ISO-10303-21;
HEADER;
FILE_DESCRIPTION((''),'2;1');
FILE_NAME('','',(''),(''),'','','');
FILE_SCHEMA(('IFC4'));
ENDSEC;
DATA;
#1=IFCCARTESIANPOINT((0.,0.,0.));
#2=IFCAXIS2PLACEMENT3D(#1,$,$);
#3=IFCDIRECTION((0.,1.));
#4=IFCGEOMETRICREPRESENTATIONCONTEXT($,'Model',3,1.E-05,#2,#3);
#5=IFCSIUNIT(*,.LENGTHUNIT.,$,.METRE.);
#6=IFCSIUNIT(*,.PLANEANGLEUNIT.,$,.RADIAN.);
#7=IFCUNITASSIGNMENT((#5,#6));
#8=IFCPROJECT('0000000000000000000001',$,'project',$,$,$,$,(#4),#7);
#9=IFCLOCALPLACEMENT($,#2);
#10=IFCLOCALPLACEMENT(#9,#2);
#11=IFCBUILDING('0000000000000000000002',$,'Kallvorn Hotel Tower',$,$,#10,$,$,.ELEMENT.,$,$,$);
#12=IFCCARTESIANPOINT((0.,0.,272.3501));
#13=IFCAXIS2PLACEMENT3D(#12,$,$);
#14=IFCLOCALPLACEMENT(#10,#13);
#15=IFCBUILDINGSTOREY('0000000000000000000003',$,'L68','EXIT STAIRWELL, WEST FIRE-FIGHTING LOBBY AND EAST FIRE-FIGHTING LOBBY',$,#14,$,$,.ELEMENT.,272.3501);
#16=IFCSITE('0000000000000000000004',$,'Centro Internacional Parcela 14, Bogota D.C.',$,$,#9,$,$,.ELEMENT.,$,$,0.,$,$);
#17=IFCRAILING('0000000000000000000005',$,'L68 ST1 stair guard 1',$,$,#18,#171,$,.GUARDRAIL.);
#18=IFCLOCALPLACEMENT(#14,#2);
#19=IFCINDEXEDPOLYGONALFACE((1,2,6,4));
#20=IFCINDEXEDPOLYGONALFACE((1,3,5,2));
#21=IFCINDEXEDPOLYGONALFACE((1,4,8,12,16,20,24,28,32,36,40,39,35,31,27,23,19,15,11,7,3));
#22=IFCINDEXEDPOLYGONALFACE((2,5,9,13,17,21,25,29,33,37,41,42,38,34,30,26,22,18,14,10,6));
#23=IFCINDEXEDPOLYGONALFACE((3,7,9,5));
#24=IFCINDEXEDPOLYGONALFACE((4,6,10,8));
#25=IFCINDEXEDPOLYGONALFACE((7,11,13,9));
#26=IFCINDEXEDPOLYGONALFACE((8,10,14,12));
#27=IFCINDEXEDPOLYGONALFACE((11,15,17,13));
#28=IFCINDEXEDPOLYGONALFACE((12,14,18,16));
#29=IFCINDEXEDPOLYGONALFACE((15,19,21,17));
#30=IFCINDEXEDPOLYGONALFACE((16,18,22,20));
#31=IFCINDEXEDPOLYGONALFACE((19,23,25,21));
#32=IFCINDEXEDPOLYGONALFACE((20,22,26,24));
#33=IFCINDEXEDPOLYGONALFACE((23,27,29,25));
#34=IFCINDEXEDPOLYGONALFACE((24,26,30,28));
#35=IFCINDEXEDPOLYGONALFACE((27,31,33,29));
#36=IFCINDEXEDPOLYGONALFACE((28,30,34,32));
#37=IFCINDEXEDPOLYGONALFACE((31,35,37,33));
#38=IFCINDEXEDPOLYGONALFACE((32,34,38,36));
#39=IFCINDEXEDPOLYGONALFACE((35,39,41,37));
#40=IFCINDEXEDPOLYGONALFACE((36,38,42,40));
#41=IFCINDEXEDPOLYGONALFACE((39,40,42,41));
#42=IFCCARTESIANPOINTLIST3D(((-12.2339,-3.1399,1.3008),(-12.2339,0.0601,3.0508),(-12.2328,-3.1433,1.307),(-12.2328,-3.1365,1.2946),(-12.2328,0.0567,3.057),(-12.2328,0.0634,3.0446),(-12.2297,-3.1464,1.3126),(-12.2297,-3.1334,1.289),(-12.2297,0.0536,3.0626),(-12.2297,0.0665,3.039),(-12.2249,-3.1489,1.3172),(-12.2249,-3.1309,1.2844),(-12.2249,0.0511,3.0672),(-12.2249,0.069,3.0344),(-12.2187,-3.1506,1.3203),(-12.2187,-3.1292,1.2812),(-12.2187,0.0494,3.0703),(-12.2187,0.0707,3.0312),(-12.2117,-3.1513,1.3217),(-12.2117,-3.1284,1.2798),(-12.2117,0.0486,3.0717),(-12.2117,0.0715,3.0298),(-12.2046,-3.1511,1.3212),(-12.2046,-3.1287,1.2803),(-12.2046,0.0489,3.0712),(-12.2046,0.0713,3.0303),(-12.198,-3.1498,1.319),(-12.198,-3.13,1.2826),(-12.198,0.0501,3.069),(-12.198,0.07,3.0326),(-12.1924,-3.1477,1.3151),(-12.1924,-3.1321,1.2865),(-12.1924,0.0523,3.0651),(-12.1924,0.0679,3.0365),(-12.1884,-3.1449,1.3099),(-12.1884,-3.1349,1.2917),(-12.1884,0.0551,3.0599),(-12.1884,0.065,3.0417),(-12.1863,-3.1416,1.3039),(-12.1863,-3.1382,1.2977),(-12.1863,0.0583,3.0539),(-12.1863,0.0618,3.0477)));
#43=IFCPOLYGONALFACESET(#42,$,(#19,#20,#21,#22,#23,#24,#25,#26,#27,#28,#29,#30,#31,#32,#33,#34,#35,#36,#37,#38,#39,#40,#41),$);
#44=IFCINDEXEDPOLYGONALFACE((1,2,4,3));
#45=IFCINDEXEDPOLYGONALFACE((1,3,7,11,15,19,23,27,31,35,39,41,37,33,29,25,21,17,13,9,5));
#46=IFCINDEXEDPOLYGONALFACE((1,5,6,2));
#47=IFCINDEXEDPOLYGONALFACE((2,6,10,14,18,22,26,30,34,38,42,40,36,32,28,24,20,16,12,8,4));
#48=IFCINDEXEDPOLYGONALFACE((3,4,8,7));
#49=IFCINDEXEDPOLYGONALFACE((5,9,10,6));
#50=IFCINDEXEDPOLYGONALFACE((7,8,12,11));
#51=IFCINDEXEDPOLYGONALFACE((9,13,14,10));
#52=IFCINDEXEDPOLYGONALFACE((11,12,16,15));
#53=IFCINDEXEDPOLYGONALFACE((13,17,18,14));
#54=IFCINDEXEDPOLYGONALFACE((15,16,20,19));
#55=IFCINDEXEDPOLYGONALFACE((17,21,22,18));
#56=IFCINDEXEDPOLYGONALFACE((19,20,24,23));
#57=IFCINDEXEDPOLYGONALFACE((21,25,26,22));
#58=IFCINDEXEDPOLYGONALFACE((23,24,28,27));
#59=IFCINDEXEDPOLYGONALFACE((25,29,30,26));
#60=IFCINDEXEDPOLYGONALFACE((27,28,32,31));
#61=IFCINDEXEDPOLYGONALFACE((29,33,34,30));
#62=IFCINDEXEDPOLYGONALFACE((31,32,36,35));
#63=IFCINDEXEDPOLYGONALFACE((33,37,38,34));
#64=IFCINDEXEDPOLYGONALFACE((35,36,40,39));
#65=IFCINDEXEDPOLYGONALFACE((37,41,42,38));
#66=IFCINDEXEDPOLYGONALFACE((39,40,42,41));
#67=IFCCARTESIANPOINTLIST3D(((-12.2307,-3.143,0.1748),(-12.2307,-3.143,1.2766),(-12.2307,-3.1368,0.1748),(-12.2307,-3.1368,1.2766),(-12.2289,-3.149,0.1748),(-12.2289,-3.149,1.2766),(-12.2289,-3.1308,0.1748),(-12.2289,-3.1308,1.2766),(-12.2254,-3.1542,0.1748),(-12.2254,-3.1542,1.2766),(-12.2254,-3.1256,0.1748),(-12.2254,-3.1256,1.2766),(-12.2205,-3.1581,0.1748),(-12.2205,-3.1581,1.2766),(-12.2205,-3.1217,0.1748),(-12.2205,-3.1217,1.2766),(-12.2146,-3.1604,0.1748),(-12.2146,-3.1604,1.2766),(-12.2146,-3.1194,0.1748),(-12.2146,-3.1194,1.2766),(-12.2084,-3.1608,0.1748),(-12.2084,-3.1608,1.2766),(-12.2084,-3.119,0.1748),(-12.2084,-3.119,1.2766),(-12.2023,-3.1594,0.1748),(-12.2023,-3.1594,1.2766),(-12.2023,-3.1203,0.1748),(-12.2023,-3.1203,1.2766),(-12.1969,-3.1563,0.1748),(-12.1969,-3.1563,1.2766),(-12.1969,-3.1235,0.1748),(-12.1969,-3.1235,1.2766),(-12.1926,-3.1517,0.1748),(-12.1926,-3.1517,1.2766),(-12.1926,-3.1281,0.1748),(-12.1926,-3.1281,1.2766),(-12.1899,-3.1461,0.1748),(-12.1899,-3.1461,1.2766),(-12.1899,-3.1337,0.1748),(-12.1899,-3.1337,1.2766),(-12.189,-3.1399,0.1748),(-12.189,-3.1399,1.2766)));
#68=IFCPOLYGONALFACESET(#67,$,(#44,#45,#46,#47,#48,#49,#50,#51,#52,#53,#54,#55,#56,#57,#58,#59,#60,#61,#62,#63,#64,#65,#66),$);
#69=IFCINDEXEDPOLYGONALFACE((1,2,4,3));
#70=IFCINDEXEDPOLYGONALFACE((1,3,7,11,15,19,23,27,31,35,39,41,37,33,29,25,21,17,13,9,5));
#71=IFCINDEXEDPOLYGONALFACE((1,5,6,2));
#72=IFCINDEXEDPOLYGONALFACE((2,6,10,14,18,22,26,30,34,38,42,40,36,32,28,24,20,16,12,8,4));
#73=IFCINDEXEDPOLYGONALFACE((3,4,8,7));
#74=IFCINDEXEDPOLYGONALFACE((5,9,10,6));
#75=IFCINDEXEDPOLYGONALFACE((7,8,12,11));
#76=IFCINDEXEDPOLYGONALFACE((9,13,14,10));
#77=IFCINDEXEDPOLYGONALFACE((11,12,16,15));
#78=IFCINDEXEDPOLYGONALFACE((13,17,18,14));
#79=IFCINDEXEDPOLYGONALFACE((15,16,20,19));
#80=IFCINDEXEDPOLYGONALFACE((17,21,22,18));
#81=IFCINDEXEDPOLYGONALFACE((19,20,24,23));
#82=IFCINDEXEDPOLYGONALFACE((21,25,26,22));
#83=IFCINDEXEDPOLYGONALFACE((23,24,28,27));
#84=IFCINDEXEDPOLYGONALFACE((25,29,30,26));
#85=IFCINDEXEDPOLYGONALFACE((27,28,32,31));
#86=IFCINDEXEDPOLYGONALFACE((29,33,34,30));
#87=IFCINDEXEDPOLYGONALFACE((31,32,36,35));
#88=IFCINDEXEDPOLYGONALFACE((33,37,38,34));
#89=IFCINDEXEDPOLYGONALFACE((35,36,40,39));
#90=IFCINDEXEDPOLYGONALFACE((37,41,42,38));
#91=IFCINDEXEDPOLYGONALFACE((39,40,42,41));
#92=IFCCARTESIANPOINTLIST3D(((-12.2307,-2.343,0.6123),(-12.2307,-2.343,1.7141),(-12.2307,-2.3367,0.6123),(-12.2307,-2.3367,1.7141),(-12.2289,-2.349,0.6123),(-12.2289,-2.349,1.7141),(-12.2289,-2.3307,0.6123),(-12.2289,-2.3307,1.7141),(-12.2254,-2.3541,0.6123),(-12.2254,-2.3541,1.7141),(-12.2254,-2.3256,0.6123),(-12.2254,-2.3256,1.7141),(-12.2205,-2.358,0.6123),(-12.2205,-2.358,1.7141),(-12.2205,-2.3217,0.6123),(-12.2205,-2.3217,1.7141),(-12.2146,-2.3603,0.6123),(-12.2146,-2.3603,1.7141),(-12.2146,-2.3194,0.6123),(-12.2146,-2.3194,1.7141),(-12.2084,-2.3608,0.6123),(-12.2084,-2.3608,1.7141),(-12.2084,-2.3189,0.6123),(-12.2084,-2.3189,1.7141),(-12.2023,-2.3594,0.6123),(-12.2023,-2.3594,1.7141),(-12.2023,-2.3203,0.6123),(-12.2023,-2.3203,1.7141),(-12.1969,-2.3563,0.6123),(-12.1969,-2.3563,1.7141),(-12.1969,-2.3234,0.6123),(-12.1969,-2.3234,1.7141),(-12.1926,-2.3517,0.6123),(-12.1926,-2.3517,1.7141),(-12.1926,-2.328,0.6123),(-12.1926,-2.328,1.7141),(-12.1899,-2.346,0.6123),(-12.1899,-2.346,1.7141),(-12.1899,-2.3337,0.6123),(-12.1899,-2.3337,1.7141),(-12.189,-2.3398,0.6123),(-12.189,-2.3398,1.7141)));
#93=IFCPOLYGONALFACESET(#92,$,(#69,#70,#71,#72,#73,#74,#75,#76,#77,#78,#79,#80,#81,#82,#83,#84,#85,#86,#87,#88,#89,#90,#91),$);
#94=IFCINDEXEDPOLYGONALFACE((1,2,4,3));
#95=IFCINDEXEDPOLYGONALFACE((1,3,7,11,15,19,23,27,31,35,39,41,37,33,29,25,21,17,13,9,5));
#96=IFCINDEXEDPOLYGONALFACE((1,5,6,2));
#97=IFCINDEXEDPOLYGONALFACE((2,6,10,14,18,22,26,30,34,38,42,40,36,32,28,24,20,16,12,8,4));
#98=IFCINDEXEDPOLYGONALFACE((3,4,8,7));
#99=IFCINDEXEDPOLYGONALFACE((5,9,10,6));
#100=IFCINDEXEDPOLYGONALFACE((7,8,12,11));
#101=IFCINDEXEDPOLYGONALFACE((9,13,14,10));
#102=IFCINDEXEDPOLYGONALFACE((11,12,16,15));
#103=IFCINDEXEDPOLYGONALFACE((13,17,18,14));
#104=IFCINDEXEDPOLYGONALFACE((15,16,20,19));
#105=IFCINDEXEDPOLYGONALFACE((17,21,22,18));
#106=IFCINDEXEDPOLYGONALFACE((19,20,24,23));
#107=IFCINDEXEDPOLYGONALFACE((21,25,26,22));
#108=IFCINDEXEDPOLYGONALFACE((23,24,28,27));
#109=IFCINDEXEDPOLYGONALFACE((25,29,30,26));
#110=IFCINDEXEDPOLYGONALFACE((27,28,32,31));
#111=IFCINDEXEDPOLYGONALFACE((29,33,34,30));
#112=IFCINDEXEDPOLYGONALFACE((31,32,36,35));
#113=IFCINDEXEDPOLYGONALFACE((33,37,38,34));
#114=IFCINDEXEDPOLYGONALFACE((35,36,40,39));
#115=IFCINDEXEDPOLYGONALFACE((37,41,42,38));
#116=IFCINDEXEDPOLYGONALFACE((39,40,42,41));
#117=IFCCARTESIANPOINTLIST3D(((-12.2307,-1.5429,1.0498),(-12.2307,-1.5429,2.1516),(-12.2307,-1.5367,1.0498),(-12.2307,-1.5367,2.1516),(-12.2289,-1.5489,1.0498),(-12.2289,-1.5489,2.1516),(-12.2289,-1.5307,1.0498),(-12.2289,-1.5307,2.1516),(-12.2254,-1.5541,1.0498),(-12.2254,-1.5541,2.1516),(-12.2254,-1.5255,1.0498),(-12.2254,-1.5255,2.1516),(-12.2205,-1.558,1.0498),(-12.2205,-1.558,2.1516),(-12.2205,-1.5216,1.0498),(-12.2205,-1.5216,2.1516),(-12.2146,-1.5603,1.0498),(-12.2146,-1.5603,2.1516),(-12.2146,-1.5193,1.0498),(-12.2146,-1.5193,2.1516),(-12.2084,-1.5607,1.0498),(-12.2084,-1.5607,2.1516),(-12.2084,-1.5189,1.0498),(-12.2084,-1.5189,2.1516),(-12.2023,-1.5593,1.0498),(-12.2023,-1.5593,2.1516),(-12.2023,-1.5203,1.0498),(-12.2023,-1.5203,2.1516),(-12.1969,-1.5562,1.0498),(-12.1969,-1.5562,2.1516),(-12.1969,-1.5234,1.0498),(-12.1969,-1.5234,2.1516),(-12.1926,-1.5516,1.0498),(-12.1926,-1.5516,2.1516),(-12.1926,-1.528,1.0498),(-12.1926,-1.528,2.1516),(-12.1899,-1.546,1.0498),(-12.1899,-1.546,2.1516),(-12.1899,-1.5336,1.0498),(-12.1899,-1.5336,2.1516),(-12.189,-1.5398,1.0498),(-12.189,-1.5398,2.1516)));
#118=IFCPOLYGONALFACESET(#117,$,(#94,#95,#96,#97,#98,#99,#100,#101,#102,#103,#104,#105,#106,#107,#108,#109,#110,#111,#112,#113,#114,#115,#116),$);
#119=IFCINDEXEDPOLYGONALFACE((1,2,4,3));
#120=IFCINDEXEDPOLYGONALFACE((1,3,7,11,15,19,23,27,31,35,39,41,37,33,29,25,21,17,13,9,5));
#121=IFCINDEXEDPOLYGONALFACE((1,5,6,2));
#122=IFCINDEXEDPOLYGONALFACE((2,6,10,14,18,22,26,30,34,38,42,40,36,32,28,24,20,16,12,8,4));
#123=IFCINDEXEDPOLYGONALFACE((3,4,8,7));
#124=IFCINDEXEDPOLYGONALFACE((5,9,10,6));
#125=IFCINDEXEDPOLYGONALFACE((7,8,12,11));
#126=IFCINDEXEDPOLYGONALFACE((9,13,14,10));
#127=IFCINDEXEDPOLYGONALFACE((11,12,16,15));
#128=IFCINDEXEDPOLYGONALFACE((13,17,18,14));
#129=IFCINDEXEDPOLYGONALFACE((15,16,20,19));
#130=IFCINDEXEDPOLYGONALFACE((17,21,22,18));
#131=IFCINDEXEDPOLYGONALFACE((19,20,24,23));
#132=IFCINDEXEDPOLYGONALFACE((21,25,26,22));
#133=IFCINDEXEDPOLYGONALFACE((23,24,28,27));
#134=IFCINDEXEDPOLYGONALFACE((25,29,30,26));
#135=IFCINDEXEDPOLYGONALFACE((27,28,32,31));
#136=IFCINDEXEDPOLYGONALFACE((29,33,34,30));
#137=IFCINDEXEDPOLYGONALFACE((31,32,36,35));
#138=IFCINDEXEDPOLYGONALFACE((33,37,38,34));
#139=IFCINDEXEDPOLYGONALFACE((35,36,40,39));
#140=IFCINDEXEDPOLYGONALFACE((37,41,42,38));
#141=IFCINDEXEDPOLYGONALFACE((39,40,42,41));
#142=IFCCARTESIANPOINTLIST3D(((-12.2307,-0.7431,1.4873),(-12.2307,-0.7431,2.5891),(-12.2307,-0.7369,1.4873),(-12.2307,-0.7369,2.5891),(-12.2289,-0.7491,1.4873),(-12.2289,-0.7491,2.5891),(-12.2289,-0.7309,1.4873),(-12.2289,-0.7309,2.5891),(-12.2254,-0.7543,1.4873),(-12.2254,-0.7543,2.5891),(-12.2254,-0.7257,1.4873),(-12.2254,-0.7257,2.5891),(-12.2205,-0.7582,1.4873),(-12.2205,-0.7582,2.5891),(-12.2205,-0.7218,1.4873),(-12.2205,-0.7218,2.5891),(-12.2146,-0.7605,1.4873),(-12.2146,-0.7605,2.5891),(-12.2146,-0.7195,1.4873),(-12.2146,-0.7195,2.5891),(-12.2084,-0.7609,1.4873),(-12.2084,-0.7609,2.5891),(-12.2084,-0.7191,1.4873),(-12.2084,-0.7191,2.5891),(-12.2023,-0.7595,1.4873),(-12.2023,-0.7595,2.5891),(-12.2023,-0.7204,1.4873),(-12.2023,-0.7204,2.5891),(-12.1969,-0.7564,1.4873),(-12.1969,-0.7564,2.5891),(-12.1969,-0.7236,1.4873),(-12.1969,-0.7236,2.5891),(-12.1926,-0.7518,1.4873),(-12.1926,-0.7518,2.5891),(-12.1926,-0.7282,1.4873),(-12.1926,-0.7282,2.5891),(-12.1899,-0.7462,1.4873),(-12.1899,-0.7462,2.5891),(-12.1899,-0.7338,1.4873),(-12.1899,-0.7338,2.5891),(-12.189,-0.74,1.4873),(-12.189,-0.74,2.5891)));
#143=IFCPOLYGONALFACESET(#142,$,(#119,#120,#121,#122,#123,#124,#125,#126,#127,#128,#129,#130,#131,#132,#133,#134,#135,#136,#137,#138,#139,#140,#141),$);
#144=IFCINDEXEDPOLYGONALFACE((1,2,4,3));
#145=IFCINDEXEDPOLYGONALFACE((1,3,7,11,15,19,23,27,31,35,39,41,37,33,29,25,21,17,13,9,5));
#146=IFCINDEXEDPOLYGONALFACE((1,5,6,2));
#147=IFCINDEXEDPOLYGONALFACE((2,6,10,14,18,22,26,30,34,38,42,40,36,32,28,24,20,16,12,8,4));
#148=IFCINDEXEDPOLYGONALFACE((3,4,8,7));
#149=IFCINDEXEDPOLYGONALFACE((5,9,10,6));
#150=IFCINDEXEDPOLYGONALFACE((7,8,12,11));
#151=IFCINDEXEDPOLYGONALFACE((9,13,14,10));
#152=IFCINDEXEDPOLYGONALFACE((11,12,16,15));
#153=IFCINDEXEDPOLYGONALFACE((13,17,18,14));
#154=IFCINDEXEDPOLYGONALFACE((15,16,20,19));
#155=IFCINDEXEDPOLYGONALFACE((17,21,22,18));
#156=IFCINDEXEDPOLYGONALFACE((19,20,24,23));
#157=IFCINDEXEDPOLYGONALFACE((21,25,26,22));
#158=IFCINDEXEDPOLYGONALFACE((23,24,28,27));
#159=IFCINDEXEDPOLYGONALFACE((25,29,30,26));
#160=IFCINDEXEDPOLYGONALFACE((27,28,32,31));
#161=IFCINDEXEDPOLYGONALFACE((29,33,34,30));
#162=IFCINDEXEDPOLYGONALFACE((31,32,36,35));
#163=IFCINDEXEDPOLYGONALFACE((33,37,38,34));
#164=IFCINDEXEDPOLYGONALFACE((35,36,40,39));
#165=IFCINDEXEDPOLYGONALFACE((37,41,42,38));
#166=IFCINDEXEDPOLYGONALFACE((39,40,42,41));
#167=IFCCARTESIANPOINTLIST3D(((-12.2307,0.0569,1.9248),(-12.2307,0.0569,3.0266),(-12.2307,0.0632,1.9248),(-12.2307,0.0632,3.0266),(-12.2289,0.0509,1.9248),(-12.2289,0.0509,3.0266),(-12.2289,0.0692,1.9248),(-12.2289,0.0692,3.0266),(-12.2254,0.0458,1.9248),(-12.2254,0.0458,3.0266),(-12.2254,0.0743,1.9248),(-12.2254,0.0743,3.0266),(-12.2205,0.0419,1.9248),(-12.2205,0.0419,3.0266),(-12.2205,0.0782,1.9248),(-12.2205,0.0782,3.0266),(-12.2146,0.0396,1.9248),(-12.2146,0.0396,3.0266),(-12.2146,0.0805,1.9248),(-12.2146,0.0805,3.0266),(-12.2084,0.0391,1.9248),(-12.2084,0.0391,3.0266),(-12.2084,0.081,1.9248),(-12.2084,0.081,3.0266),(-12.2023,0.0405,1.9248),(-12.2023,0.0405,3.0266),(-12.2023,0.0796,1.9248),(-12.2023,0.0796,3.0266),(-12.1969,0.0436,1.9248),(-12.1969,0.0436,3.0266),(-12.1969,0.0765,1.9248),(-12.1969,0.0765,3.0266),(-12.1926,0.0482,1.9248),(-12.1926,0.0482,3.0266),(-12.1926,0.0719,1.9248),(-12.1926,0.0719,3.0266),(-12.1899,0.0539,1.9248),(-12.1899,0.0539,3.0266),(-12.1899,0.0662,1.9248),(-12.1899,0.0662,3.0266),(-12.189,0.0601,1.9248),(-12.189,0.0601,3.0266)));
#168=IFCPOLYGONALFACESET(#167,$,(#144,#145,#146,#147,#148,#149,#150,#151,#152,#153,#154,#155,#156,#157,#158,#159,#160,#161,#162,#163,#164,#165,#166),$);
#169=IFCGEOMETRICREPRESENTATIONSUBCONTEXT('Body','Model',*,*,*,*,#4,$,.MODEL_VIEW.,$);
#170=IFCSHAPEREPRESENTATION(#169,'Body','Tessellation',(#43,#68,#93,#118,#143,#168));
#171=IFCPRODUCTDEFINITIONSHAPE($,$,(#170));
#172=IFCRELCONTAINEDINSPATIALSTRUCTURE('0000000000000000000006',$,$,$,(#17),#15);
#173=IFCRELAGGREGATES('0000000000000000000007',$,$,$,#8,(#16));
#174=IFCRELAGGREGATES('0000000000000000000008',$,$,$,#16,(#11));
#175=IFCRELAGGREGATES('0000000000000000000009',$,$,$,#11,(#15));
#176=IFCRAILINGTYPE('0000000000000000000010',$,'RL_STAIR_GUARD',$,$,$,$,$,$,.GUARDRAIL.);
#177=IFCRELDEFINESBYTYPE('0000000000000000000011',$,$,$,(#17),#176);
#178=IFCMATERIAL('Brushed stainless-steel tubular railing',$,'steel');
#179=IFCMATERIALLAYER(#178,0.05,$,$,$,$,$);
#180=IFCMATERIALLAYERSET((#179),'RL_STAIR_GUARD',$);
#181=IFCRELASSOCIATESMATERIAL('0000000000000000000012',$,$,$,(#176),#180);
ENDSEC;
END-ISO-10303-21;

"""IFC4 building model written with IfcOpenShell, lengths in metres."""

from ifc_helpers import new_model, si_unit, direction, frame, origin, origin_2d, place, context, subcontext, project, spatial, circle, extrude, material, layer, layer_set, type_object, element, save


model = new_model("IFC4")

# Units and contexts
model_context = context("Model", 3, precision=1e-05, world=origin(), true_north=direction((0.0, 1.0)))
body_context = subcontext(model_context, "Body", "Model", "MODEL_VIEW")
ifc_project = project(units=[si_unit("LENGTHUNIT", "METRE"), si_unit("PLANEANGLEUNIT", "RADIAN")], contexts=[model_context])

# Site, building, storey
site_placement = place(None, origin())
site = spatial("IfcSite", under=ifc_project, at=site_placement, Name="Centro Internacional Parcela 14, Bogota D.C.", CompositionType="ELEMENT", RefElevation=0.0)
building_placement = place(site_placement, origin())
building = spatial("IfcBuilding", under=site, at=building_placement, Name="Kallvorn Hotel Tower", CompositionType="ELEMENT")
storey_placement = place(building_placement, frame((0.0, 0.0, 272.3501)))
storey = spatial("IfcBuildingStorey", under=building, at=storey_placement, Name="L68", Description="EXIT STAIRWELL, WEST FIRE-FIGHTING LOBBY AND EAST FIRE-FIGHTING LOBBY", CompositionType="ELEMENT", Elevation=272.3501)

# Railing
ifc_material_1 = material(Name="Brushed stainless-steel tubular railing", Category="steel")
ifc_layer_1 = layer(ifc_material_1, 0.05)
ifc_layer_set_1 = layer_set([ifc_layer_1], Name="RL_STAIR_GUARD")
railing_type_1 = type_object("IfcRailingType", Name="RL_STAIR_GUARD", PredefinedType="GUARDRAIL", material=ifc_layer_set_1)
railing_1_placement = place(storey_placement, frame((-12.21, -3.1399, 0.1748)))
element("IfcRailing", 1, at=railing_1_placement, inside=storey, type_object=railing_type_1, Name="L68 ST1 stair guard 1", PredefinedType="GUARDRAIL", context=body_context, shape_type="SweptSolid", body=[
    extrude(circle(Radius=0.0239, at=origin_2d()), frame((0.0, 0.0, 1.126), z_axis=(0.0, 0.877368, 0.479818), x_axis=(-1.0, 0.0, 0.0)), (0.0, 0.0, 1.0), 3.6472),
    extrude(circle(Radius=0.021, at=origin_2d()), origin(), (0.0, 0.0, 1.0), 1.1018),
    extrude(circle(Radius=0.021, at=origin_2d()), frame((0.0, 0.8, 0.4375)), (0.0, 0.0, 1.0), 1.1018),
    extrude(circle(Radius=0.021, at=origin_2d()), frame((0.0, 1.6001, 0.875)), (0.0, 0.0, 1.0), 1.1018),
    extrude(circle(Radius=0.021, at=origin_2d()), frame((0.0, 2.3999, 1.3125)), (0.0, 0.0, 1.0), 1.1018),
    extrude(circle(Radius=0.021, at=origin_2d()), frame((0.0, 3.2, 1.75)), (0.0, 0.0, 1.0), 1.1018),
])

save(model, "model.ifc")
